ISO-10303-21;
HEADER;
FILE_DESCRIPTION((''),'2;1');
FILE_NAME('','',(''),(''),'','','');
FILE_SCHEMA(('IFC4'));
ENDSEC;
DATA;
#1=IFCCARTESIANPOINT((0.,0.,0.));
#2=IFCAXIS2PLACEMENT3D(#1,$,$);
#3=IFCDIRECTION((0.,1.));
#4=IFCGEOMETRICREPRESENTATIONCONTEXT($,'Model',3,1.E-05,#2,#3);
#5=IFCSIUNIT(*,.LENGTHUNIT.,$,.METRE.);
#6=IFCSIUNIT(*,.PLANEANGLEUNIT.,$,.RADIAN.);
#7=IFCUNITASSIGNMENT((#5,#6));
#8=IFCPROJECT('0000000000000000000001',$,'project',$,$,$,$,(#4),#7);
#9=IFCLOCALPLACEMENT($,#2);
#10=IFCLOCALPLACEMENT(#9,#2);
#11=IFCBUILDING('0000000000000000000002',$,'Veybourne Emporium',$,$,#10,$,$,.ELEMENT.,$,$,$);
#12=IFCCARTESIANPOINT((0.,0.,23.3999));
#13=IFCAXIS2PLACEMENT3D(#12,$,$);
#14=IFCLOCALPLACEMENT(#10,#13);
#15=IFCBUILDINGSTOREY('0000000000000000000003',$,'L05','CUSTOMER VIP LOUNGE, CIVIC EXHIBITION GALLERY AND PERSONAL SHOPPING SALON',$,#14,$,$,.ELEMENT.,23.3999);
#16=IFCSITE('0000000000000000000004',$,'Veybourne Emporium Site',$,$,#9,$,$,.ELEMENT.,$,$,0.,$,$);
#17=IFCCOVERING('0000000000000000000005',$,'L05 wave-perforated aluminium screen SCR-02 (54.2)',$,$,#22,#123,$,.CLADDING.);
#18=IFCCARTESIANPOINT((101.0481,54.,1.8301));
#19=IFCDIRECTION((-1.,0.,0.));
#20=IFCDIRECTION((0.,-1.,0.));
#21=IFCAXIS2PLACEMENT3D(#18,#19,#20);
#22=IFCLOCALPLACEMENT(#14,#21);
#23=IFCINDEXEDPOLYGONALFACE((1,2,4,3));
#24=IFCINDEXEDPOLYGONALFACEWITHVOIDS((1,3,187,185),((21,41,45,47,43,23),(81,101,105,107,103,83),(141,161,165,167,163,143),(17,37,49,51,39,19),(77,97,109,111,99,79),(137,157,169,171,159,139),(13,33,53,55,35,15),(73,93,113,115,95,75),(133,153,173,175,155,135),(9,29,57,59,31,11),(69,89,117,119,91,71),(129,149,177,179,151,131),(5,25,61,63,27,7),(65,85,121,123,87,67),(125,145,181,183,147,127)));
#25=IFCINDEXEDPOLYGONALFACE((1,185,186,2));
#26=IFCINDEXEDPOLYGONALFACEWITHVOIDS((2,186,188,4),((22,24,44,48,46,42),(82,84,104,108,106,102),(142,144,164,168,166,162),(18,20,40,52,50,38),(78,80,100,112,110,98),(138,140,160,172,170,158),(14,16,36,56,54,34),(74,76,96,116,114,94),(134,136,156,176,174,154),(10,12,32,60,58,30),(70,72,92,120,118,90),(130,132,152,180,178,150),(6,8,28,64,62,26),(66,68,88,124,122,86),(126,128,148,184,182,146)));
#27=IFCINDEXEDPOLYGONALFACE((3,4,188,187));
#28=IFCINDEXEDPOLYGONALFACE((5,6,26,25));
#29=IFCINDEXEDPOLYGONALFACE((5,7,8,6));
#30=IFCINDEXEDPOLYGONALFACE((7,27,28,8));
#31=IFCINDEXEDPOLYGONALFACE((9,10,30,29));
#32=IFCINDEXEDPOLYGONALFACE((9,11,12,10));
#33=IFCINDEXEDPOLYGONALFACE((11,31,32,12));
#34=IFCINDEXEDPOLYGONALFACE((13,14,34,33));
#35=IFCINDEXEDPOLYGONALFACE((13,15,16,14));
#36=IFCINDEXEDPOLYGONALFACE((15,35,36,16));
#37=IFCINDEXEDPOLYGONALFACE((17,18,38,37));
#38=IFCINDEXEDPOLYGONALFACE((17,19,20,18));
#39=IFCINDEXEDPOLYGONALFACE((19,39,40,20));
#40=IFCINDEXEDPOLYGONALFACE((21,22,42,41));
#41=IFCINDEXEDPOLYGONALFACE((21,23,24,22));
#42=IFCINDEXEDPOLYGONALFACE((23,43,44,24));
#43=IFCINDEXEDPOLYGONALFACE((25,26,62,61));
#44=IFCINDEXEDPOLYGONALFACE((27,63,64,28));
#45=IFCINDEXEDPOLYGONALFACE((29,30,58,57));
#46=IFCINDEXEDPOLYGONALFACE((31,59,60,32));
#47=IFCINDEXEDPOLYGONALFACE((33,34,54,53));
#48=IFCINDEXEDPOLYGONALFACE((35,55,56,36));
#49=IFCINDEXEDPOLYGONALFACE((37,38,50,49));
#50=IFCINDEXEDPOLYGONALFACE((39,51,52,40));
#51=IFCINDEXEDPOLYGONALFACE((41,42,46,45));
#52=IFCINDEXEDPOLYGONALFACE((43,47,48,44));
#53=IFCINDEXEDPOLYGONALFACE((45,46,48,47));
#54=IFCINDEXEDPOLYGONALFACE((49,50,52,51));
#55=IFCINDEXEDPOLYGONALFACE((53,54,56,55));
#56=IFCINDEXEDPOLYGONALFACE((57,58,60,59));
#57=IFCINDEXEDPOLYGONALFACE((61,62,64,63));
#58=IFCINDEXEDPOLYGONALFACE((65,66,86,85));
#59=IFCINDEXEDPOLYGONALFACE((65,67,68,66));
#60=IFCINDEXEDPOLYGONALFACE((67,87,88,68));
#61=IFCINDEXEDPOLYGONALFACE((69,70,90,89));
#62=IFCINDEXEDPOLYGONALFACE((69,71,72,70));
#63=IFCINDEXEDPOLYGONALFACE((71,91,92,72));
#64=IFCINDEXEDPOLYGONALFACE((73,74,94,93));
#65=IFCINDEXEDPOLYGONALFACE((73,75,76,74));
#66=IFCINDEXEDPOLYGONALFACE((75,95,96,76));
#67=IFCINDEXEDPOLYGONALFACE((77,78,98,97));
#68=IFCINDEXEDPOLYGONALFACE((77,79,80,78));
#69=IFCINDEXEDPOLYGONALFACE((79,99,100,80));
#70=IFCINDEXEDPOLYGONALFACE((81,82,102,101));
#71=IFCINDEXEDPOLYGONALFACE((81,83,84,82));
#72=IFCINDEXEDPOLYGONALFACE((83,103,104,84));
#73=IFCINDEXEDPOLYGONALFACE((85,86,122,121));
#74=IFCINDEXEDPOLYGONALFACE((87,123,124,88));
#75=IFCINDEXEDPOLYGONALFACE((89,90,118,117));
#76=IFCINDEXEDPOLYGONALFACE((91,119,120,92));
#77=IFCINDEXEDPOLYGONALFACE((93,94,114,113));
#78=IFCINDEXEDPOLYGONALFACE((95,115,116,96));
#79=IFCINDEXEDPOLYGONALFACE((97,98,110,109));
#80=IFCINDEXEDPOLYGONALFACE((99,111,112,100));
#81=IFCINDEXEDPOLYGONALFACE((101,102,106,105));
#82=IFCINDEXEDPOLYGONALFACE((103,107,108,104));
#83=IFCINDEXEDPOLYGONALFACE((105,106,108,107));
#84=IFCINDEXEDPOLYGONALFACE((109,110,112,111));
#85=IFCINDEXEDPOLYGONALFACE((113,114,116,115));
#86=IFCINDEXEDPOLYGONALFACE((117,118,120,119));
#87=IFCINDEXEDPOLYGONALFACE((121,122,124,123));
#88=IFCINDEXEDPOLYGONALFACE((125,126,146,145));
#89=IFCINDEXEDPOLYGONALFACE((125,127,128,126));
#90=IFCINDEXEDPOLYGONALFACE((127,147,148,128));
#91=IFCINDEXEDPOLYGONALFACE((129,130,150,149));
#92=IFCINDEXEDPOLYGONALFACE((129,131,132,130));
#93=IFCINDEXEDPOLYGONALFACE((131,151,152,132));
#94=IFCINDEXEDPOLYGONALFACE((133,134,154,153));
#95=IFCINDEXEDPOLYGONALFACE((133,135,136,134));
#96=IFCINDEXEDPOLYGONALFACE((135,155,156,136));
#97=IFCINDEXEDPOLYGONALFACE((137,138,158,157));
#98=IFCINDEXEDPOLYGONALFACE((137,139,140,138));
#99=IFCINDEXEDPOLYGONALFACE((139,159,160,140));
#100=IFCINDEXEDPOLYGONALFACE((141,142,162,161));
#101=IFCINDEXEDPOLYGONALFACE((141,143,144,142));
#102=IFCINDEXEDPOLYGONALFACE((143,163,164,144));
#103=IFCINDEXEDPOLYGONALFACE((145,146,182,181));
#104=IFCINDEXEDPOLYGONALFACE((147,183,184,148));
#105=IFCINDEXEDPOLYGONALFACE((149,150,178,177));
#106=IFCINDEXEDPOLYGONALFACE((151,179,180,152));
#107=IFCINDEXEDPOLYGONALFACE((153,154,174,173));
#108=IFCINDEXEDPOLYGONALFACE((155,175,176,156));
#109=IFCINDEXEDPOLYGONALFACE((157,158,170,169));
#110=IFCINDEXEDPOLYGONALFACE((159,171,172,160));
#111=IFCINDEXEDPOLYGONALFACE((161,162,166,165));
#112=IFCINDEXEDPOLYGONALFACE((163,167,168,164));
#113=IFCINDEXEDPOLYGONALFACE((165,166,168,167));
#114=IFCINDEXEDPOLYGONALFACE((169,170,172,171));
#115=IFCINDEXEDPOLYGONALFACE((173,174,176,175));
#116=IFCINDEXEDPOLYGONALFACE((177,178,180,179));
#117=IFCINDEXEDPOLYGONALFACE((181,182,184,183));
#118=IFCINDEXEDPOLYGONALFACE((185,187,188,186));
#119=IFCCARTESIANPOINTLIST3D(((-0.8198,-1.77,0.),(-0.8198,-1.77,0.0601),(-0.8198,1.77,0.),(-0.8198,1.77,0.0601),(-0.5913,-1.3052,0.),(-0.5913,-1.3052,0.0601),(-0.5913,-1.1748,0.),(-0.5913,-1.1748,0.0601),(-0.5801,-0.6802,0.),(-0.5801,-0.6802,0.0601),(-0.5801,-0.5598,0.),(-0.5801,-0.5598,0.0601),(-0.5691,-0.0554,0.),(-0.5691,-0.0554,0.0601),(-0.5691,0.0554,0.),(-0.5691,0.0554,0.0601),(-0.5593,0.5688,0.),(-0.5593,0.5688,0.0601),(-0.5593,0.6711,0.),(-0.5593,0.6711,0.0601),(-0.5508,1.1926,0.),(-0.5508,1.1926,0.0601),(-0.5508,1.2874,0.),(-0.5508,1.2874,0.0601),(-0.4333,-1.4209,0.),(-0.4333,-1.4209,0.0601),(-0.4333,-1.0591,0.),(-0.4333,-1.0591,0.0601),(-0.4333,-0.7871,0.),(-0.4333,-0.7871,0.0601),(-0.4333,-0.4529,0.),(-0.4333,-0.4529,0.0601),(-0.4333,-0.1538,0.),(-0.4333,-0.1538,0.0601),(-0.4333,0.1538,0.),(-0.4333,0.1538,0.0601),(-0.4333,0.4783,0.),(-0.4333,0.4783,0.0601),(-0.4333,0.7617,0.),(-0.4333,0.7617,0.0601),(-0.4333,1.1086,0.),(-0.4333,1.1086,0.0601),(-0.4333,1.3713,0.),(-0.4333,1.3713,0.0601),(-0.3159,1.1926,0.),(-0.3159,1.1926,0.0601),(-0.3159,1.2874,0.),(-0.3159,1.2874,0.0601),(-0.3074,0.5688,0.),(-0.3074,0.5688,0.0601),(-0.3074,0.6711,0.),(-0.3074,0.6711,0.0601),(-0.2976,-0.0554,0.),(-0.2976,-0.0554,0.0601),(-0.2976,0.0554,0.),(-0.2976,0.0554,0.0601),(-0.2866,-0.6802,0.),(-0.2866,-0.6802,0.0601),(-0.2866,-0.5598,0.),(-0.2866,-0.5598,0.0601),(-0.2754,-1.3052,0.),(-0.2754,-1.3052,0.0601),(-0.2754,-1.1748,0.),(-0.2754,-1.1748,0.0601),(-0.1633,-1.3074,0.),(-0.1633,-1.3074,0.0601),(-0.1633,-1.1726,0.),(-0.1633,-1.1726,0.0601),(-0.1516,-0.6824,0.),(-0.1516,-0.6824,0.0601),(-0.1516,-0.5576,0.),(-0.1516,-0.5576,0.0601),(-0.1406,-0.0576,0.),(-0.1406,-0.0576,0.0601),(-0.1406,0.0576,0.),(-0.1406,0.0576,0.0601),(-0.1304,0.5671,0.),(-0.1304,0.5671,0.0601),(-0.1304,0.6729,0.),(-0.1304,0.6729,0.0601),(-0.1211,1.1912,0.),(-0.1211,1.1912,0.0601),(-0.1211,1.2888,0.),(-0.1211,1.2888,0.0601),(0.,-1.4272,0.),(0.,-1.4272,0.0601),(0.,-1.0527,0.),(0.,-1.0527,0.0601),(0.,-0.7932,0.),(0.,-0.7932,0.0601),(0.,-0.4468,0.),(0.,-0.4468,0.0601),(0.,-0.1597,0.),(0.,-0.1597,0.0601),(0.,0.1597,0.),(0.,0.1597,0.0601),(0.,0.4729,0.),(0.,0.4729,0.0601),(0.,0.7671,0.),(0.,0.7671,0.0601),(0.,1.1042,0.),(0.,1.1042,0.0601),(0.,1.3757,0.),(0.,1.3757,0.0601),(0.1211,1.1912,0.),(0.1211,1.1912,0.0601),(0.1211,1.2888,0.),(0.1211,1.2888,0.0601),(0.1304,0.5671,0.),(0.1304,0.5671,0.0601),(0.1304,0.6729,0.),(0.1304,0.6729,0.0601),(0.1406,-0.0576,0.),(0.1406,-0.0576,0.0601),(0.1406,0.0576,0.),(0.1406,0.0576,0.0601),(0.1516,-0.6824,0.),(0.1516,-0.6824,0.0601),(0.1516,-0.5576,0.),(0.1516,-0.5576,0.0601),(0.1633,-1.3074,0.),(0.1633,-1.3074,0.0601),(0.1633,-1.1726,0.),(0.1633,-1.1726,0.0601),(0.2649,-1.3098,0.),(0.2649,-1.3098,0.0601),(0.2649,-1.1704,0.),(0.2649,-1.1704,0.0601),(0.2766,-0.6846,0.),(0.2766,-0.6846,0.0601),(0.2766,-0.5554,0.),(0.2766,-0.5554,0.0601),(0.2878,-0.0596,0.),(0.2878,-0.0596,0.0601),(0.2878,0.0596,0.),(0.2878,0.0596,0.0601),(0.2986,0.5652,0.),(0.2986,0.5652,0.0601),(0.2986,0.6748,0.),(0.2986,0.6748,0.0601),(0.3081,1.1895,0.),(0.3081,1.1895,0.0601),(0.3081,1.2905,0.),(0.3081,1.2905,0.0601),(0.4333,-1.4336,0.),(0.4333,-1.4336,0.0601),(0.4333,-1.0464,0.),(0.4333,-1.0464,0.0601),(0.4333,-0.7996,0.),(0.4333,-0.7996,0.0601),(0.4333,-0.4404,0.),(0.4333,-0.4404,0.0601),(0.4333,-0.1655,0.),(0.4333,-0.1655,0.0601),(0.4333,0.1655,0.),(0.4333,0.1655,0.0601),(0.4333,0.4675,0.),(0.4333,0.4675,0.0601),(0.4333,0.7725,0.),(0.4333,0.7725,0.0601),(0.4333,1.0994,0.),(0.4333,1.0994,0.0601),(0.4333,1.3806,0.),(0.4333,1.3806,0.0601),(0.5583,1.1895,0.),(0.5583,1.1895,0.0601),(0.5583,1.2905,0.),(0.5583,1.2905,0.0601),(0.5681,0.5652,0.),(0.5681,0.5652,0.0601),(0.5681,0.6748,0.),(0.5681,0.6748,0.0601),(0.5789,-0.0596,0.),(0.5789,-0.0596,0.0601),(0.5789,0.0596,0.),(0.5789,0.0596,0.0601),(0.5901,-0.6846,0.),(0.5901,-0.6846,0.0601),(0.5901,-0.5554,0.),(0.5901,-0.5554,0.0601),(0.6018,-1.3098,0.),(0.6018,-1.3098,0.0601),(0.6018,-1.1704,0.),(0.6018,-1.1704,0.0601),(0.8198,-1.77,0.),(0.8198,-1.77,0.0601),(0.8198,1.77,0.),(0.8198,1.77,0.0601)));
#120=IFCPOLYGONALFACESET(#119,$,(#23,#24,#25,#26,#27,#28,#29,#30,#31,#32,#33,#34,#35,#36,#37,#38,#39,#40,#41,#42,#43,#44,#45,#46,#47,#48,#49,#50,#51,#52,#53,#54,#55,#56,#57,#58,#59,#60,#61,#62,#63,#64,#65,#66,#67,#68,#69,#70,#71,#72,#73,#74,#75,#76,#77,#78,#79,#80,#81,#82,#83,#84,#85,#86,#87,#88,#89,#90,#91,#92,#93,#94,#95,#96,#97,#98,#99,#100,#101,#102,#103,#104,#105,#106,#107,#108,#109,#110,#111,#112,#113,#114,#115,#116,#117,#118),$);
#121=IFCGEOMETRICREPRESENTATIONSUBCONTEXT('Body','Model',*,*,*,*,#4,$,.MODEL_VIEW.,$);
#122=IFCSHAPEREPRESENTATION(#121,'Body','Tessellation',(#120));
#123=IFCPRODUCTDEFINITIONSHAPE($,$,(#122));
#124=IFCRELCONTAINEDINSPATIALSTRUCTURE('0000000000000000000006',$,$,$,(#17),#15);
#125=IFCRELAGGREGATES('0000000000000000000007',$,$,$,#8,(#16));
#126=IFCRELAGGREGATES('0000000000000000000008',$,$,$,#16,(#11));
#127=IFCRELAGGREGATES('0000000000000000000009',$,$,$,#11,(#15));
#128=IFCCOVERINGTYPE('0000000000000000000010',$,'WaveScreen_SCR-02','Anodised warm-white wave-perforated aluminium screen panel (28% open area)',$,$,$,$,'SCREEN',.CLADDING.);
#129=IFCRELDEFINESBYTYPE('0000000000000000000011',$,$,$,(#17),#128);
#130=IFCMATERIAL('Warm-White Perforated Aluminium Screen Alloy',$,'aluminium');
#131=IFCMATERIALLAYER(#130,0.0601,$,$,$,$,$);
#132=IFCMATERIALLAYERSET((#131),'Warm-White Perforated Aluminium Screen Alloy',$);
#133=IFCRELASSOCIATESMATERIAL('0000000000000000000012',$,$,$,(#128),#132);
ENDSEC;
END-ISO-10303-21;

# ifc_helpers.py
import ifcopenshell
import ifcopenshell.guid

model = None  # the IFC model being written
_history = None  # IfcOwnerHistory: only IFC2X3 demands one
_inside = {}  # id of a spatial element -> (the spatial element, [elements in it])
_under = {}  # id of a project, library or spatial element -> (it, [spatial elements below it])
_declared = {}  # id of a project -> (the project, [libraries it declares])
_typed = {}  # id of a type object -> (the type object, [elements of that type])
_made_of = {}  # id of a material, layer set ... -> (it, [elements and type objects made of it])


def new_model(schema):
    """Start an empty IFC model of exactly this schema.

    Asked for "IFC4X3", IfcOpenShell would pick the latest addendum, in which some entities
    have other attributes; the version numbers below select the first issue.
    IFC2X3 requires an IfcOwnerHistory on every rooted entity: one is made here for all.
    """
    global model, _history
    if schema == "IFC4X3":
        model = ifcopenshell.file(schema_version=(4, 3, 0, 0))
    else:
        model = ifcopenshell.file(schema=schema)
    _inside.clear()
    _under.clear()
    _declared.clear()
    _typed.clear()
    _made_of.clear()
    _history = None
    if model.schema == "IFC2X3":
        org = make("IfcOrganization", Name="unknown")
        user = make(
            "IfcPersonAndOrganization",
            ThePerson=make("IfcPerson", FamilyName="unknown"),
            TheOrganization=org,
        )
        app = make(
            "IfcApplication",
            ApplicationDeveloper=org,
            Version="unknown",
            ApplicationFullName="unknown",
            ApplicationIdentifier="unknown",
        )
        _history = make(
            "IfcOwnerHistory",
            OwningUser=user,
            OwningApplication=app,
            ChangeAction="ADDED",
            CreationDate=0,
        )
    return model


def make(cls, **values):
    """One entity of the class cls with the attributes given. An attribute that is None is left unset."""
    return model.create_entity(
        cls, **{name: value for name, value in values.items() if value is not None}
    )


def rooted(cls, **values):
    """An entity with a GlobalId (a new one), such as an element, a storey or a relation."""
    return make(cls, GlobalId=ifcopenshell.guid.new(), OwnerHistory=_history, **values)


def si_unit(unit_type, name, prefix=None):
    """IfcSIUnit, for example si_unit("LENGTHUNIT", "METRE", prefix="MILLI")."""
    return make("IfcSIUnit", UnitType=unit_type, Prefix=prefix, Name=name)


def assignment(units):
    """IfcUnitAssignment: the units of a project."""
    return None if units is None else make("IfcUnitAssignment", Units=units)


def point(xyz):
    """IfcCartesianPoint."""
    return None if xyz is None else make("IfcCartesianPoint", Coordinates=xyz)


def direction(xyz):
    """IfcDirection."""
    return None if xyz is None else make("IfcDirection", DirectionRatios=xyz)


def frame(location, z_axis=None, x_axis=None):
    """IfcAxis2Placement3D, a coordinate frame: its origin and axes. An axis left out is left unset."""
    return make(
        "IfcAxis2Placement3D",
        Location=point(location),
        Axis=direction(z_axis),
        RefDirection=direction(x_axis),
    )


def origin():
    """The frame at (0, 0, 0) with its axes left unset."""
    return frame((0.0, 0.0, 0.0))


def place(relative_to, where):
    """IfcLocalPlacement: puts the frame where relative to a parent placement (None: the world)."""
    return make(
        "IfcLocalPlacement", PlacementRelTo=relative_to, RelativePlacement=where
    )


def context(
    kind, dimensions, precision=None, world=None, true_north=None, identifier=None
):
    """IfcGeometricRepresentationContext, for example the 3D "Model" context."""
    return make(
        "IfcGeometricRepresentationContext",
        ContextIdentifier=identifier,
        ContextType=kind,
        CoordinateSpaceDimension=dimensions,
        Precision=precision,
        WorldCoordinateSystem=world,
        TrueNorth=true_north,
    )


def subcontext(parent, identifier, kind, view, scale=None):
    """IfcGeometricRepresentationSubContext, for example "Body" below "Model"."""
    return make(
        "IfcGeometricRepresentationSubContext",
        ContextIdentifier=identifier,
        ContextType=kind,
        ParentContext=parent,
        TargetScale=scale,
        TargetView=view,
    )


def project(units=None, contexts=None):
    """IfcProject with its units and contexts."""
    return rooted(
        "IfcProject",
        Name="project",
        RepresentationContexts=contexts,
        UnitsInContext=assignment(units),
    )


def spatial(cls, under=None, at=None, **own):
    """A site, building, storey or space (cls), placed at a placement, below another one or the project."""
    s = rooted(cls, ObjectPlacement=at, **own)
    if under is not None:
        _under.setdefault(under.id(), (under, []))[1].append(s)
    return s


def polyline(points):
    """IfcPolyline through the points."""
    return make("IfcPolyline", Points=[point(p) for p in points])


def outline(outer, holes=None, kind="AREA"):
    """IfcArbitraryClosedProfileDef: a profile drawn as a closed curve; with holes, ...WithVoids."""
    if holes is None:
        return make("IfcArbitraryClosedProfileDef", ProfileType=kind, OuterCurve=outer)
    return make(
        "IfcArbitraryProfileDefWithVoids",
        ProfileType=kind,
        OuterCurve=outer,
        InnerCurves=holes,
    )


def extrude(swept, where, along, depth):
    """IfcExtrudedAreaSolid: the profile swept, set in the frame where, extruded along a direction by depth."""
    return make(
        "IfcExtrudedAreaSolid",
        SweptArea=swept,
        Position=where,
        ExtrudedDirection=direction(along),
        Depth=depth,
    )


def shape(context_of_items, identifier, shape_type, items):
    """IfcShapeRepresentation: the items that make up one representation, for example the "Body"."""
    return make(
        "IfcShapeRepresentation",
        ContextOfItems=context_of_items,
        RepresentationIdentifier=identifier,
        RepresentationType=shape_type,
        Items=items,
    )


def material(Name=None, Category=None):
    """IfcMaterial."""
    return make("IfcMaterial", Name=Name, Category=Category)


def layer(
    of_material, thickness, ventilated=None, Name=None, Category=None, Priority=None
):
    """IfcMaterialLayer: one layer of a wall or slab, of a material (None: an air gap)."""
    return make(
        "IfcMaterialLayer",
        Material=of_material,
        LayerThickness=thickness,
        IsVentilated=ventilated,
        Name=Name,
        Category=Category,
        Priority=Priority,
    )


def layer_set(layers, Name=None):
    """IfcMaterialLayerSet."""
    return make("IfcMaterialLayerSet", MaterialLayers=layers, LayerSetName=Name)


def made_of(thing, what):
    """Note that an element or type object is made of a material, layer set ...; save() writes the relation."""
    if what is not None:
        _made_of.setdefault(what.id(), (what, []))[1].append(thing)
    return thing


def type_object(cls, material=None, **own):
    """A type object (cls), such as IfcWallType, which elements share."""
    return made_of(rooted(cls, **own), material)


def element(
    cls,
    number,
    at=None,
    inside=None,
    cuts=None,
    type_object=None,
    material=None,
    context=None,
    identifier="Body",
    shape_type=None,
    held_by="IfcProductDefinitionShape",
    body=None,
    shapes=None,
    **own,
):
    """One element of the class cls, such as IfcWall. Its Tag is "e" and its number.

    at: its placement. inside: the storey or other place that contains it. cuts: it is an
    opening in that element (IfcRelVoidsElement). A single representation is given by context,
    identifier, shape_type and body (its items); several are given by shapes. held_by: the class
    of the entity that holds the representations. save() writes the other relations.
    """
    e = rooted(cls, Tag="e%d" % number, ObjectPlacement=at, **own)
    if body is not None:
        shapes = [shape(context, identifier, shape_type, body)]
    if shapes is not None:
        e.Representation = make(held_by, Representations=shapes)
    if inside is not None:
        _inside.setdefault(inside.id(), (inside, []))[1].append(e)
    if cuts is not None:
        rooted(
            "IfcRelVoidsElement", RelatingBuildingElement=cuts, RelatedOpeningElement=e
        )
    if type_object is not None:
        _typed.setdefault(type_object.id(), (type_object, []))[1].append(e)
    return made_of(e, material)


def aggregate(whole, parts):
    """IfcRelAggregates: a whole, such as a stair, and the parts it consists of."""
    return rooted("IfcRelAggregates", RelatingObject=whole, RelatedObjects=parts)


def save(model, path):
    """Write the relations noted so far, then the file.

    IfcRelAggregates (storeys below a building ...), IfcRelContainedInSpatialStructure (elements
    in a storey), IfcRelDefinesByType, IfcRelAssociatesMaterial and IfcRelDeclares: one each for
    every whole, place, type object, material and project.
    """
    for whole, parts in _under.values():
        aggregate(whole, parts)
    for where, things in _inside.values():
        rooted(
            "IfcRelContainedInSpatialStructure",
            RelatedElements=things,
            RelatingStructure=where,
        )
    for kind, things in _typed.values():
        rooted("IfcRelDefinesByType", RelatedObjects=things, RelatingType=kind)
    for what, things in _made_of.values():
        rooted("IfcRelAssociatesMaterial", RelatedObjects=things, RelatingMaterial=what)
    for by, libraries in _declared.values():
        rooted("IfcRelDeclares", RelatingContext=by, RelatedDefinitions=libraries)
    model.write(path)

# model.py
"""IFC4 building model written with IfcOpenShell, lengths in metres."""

from ifc_helpers import new_model, si_unit, direction, frame, origin, place, context, subcontext, project, spatial, polyline, outline, extrude, material, layer, layer_set, type_object, element, save


model = new_model("IFC4")

# Units and contexts
model_context = context("Model", 3, precision=1e-05, world=origin(), true_north=direction((0.0, 1.0)))
body_context = subcontext(model_context, "Body", "Model", "MODEL_VIEW")
ifc_project = project(units=[si_unit("LENGTHUNIT", "METRE"), si_unit("PLANEANGLEUNIT", "RADIAN")], contexts=[model_context])

# Site, building, storey
site_placement = place(None, origin())
site = spatial("IfcSite", under=ifc_project, at=site_placement, Name="Veybourne Emporium Site", CompositionType="ELEMENT", RefElevation=0.0)
building_placement = place(site_placement, origin())
building = spatial("IfcBuilding", under=site, at=building_placement, Name="Veybourne Emporium", CompositionType="ELEMENT")
storey_placement = place(building_placement, frame((0.0, 0.0, 23.3999)))
storey = spatial("IfcBuildingStorey", under=building, at=storey_placement, Name="L05", Description="CUSTOMER VIP LOUNGE, CIVIC EXHIBITION GALLERY AND PERSONAL SHOPPING SALON", CompositionType="ELEMENT", Elevation=23.3999)

# Covering
ifc_material_1 = material(Name="Warm-White Perforated Aluminium Screen Alloy", Category="aluminium")
ifc_layer_1 = layer(ifc_material_1, 0.0601)
ifc_layer_set_1 = layer_set([ifc_layer_1], Name="Warm-White Perforated Aluminium Screen Alloy")
covering_type_1 = type_object("IfcCoveringType", Name="WaveScreen_SCR-02", Description="Anodised warm-white wave-perforated aluminium screen panel (28% open area)", ElementType="SCREEN", PredefinedType="CLADDING", material=ifc_layer_set_1)
covering_1_placement = place(storey_placement, frame((101.0481, 54.0, 1.8301), z_axis=(-1.0, 0.0, 0.0), x_axis=(0.0, -1.0, 0.0)))
element("IfcCovering", 1, at=covering_1_placement, inside=storey, type_object=covering_type_1, Name="L05 wave-perforated aluminium screen SCR-02 (54.2)", PredefinedType="CLADDING", context=body_context, shape_type="SweptSolid", body=[
    extrude(outline(polyline([(-0.8198, -1.77), (0.8198, -1.77), (0.8198, 1.77), (-0.8198, 1.77), (-0.8198, -1.77)]), holes=[polyline([(-0.4333, -1.0591), (-0.2754, -1.1748), (-0.2754, -1.3052), (-0.4333, -1.4209), (-0.5913, -1.3052), (-0.5913, -1.1748), (-0.4333, -1.0591)]), polyline([(-0.4333, -0.4529), (-0.2866, -0.5598), (-0.2866, -0.6802), (-0.4333, -0.7871), (-0.5801, -0.6802), (-0.5801, -0.5598), (-0.4333, -0.4529)]), polyline([(-0.4333, 0.1538), (-0.2976, 0.0554), (-0.2976, -0.0554), (-0.4333, -0.1538), (-0.5691, -0.0554), (-0.5691, 0.0554), (-0.4333, 0.1538)]), polyline([(-0.4333, 0.7617), (-0.3074, 0.6711), (-0.3074, 0.5688), (-0.4333, 0.4783), (-0.5593, 0.5688), (-0.5593, 0.6711), (-0.4333, 0.7617)]), polyline([(-0.4333, 1.3713), (-0.3159, 1.2874), (-0.3159, 1.1926), (-0.4333, 1.1086), (-0.5508, 1.1926), (-0.5508, 1.2874), (-0.4333, 1.3713)]), polyline([(0.0, -1.0527), (0.1633, -1.1726), (0.1633, -1.3074), (0.0, -1.4272), (-0.1633, -1.3074), (-0.1633, -1.1726), (0.0, -1.0527)]), polyline([(0.0, -0.4468), (0.1516, -0.5576), (0.1516, -0.6824), (0.0, -0.7932), (-0.1516, -0.6824), (-0.1516, -0.5576), (0.0, -0.4468)]), polyline([(0.0, 0.1597), (0.1406, 0.0576), (0.1406, -0.0576), (0.0, -0.1597), (-0.1406, -0.0576), (-0.1406, 0.0576), (0.0, 0.1597)]), polyline([(0.0, 0.7671), (0.1304, 0.6729), (0.1304, 0.5671), (0.0, 0.4729), (-0.1304, 0.5671), (-0.1304, 0.6729), (0.0, 0.7671)]), polyline([(0.0, 1.3757), (0.1211, 1.2888), (0.1211, 1.1912), (0.0, 1.1042), (-0.1211, 1.1912), (-0.1211, 1.2888), (0.0, 1.3757)]), polyline([(0.4333, -1.0464), (0.6018, -1.1704), (0.6018, -1.3098), (0.4333, -1.4336), (0.2649, -1.3098), (0.2649, -1.1704), (0.4333, -1.0464)]), polyline([(0.4333, -0.4404), (0.5901, -0.5554), (0.5901, -0.6846), (0.4333, -0.7996), (0.2766, -0.6846), (0.2766, -0.5554), (0.4333, -0.4404)]), polyline([(0.4333, 0.1655), (0.5789, 0.0596), (0.5789, -0.0596), (0.4333, -0.1655), (0.2878, -0.0596), (0.2878, 0.0596), (0.4333, 0.1655)]), polyline([(0.4333, 0.7725), (0.5681, 0.6748), (0.5681, 0.5652), (0.4333, 0.4675), (0.2986, 0.5652), (0.2986, 0.6748), (0.4333, 0.7725)]), polyline([(0.4333, 1.3806), (0.5583, 1.2905), (0.5583, 1.1895), (0.4333, 1.0994), (0.3081, 1.1895), (0.3081, 1.2905), (0.4333, 1.3806)])]), origin(), (0.0, 0.0, 1.0), 0.0601),
])

save(model, "model.ifc")
